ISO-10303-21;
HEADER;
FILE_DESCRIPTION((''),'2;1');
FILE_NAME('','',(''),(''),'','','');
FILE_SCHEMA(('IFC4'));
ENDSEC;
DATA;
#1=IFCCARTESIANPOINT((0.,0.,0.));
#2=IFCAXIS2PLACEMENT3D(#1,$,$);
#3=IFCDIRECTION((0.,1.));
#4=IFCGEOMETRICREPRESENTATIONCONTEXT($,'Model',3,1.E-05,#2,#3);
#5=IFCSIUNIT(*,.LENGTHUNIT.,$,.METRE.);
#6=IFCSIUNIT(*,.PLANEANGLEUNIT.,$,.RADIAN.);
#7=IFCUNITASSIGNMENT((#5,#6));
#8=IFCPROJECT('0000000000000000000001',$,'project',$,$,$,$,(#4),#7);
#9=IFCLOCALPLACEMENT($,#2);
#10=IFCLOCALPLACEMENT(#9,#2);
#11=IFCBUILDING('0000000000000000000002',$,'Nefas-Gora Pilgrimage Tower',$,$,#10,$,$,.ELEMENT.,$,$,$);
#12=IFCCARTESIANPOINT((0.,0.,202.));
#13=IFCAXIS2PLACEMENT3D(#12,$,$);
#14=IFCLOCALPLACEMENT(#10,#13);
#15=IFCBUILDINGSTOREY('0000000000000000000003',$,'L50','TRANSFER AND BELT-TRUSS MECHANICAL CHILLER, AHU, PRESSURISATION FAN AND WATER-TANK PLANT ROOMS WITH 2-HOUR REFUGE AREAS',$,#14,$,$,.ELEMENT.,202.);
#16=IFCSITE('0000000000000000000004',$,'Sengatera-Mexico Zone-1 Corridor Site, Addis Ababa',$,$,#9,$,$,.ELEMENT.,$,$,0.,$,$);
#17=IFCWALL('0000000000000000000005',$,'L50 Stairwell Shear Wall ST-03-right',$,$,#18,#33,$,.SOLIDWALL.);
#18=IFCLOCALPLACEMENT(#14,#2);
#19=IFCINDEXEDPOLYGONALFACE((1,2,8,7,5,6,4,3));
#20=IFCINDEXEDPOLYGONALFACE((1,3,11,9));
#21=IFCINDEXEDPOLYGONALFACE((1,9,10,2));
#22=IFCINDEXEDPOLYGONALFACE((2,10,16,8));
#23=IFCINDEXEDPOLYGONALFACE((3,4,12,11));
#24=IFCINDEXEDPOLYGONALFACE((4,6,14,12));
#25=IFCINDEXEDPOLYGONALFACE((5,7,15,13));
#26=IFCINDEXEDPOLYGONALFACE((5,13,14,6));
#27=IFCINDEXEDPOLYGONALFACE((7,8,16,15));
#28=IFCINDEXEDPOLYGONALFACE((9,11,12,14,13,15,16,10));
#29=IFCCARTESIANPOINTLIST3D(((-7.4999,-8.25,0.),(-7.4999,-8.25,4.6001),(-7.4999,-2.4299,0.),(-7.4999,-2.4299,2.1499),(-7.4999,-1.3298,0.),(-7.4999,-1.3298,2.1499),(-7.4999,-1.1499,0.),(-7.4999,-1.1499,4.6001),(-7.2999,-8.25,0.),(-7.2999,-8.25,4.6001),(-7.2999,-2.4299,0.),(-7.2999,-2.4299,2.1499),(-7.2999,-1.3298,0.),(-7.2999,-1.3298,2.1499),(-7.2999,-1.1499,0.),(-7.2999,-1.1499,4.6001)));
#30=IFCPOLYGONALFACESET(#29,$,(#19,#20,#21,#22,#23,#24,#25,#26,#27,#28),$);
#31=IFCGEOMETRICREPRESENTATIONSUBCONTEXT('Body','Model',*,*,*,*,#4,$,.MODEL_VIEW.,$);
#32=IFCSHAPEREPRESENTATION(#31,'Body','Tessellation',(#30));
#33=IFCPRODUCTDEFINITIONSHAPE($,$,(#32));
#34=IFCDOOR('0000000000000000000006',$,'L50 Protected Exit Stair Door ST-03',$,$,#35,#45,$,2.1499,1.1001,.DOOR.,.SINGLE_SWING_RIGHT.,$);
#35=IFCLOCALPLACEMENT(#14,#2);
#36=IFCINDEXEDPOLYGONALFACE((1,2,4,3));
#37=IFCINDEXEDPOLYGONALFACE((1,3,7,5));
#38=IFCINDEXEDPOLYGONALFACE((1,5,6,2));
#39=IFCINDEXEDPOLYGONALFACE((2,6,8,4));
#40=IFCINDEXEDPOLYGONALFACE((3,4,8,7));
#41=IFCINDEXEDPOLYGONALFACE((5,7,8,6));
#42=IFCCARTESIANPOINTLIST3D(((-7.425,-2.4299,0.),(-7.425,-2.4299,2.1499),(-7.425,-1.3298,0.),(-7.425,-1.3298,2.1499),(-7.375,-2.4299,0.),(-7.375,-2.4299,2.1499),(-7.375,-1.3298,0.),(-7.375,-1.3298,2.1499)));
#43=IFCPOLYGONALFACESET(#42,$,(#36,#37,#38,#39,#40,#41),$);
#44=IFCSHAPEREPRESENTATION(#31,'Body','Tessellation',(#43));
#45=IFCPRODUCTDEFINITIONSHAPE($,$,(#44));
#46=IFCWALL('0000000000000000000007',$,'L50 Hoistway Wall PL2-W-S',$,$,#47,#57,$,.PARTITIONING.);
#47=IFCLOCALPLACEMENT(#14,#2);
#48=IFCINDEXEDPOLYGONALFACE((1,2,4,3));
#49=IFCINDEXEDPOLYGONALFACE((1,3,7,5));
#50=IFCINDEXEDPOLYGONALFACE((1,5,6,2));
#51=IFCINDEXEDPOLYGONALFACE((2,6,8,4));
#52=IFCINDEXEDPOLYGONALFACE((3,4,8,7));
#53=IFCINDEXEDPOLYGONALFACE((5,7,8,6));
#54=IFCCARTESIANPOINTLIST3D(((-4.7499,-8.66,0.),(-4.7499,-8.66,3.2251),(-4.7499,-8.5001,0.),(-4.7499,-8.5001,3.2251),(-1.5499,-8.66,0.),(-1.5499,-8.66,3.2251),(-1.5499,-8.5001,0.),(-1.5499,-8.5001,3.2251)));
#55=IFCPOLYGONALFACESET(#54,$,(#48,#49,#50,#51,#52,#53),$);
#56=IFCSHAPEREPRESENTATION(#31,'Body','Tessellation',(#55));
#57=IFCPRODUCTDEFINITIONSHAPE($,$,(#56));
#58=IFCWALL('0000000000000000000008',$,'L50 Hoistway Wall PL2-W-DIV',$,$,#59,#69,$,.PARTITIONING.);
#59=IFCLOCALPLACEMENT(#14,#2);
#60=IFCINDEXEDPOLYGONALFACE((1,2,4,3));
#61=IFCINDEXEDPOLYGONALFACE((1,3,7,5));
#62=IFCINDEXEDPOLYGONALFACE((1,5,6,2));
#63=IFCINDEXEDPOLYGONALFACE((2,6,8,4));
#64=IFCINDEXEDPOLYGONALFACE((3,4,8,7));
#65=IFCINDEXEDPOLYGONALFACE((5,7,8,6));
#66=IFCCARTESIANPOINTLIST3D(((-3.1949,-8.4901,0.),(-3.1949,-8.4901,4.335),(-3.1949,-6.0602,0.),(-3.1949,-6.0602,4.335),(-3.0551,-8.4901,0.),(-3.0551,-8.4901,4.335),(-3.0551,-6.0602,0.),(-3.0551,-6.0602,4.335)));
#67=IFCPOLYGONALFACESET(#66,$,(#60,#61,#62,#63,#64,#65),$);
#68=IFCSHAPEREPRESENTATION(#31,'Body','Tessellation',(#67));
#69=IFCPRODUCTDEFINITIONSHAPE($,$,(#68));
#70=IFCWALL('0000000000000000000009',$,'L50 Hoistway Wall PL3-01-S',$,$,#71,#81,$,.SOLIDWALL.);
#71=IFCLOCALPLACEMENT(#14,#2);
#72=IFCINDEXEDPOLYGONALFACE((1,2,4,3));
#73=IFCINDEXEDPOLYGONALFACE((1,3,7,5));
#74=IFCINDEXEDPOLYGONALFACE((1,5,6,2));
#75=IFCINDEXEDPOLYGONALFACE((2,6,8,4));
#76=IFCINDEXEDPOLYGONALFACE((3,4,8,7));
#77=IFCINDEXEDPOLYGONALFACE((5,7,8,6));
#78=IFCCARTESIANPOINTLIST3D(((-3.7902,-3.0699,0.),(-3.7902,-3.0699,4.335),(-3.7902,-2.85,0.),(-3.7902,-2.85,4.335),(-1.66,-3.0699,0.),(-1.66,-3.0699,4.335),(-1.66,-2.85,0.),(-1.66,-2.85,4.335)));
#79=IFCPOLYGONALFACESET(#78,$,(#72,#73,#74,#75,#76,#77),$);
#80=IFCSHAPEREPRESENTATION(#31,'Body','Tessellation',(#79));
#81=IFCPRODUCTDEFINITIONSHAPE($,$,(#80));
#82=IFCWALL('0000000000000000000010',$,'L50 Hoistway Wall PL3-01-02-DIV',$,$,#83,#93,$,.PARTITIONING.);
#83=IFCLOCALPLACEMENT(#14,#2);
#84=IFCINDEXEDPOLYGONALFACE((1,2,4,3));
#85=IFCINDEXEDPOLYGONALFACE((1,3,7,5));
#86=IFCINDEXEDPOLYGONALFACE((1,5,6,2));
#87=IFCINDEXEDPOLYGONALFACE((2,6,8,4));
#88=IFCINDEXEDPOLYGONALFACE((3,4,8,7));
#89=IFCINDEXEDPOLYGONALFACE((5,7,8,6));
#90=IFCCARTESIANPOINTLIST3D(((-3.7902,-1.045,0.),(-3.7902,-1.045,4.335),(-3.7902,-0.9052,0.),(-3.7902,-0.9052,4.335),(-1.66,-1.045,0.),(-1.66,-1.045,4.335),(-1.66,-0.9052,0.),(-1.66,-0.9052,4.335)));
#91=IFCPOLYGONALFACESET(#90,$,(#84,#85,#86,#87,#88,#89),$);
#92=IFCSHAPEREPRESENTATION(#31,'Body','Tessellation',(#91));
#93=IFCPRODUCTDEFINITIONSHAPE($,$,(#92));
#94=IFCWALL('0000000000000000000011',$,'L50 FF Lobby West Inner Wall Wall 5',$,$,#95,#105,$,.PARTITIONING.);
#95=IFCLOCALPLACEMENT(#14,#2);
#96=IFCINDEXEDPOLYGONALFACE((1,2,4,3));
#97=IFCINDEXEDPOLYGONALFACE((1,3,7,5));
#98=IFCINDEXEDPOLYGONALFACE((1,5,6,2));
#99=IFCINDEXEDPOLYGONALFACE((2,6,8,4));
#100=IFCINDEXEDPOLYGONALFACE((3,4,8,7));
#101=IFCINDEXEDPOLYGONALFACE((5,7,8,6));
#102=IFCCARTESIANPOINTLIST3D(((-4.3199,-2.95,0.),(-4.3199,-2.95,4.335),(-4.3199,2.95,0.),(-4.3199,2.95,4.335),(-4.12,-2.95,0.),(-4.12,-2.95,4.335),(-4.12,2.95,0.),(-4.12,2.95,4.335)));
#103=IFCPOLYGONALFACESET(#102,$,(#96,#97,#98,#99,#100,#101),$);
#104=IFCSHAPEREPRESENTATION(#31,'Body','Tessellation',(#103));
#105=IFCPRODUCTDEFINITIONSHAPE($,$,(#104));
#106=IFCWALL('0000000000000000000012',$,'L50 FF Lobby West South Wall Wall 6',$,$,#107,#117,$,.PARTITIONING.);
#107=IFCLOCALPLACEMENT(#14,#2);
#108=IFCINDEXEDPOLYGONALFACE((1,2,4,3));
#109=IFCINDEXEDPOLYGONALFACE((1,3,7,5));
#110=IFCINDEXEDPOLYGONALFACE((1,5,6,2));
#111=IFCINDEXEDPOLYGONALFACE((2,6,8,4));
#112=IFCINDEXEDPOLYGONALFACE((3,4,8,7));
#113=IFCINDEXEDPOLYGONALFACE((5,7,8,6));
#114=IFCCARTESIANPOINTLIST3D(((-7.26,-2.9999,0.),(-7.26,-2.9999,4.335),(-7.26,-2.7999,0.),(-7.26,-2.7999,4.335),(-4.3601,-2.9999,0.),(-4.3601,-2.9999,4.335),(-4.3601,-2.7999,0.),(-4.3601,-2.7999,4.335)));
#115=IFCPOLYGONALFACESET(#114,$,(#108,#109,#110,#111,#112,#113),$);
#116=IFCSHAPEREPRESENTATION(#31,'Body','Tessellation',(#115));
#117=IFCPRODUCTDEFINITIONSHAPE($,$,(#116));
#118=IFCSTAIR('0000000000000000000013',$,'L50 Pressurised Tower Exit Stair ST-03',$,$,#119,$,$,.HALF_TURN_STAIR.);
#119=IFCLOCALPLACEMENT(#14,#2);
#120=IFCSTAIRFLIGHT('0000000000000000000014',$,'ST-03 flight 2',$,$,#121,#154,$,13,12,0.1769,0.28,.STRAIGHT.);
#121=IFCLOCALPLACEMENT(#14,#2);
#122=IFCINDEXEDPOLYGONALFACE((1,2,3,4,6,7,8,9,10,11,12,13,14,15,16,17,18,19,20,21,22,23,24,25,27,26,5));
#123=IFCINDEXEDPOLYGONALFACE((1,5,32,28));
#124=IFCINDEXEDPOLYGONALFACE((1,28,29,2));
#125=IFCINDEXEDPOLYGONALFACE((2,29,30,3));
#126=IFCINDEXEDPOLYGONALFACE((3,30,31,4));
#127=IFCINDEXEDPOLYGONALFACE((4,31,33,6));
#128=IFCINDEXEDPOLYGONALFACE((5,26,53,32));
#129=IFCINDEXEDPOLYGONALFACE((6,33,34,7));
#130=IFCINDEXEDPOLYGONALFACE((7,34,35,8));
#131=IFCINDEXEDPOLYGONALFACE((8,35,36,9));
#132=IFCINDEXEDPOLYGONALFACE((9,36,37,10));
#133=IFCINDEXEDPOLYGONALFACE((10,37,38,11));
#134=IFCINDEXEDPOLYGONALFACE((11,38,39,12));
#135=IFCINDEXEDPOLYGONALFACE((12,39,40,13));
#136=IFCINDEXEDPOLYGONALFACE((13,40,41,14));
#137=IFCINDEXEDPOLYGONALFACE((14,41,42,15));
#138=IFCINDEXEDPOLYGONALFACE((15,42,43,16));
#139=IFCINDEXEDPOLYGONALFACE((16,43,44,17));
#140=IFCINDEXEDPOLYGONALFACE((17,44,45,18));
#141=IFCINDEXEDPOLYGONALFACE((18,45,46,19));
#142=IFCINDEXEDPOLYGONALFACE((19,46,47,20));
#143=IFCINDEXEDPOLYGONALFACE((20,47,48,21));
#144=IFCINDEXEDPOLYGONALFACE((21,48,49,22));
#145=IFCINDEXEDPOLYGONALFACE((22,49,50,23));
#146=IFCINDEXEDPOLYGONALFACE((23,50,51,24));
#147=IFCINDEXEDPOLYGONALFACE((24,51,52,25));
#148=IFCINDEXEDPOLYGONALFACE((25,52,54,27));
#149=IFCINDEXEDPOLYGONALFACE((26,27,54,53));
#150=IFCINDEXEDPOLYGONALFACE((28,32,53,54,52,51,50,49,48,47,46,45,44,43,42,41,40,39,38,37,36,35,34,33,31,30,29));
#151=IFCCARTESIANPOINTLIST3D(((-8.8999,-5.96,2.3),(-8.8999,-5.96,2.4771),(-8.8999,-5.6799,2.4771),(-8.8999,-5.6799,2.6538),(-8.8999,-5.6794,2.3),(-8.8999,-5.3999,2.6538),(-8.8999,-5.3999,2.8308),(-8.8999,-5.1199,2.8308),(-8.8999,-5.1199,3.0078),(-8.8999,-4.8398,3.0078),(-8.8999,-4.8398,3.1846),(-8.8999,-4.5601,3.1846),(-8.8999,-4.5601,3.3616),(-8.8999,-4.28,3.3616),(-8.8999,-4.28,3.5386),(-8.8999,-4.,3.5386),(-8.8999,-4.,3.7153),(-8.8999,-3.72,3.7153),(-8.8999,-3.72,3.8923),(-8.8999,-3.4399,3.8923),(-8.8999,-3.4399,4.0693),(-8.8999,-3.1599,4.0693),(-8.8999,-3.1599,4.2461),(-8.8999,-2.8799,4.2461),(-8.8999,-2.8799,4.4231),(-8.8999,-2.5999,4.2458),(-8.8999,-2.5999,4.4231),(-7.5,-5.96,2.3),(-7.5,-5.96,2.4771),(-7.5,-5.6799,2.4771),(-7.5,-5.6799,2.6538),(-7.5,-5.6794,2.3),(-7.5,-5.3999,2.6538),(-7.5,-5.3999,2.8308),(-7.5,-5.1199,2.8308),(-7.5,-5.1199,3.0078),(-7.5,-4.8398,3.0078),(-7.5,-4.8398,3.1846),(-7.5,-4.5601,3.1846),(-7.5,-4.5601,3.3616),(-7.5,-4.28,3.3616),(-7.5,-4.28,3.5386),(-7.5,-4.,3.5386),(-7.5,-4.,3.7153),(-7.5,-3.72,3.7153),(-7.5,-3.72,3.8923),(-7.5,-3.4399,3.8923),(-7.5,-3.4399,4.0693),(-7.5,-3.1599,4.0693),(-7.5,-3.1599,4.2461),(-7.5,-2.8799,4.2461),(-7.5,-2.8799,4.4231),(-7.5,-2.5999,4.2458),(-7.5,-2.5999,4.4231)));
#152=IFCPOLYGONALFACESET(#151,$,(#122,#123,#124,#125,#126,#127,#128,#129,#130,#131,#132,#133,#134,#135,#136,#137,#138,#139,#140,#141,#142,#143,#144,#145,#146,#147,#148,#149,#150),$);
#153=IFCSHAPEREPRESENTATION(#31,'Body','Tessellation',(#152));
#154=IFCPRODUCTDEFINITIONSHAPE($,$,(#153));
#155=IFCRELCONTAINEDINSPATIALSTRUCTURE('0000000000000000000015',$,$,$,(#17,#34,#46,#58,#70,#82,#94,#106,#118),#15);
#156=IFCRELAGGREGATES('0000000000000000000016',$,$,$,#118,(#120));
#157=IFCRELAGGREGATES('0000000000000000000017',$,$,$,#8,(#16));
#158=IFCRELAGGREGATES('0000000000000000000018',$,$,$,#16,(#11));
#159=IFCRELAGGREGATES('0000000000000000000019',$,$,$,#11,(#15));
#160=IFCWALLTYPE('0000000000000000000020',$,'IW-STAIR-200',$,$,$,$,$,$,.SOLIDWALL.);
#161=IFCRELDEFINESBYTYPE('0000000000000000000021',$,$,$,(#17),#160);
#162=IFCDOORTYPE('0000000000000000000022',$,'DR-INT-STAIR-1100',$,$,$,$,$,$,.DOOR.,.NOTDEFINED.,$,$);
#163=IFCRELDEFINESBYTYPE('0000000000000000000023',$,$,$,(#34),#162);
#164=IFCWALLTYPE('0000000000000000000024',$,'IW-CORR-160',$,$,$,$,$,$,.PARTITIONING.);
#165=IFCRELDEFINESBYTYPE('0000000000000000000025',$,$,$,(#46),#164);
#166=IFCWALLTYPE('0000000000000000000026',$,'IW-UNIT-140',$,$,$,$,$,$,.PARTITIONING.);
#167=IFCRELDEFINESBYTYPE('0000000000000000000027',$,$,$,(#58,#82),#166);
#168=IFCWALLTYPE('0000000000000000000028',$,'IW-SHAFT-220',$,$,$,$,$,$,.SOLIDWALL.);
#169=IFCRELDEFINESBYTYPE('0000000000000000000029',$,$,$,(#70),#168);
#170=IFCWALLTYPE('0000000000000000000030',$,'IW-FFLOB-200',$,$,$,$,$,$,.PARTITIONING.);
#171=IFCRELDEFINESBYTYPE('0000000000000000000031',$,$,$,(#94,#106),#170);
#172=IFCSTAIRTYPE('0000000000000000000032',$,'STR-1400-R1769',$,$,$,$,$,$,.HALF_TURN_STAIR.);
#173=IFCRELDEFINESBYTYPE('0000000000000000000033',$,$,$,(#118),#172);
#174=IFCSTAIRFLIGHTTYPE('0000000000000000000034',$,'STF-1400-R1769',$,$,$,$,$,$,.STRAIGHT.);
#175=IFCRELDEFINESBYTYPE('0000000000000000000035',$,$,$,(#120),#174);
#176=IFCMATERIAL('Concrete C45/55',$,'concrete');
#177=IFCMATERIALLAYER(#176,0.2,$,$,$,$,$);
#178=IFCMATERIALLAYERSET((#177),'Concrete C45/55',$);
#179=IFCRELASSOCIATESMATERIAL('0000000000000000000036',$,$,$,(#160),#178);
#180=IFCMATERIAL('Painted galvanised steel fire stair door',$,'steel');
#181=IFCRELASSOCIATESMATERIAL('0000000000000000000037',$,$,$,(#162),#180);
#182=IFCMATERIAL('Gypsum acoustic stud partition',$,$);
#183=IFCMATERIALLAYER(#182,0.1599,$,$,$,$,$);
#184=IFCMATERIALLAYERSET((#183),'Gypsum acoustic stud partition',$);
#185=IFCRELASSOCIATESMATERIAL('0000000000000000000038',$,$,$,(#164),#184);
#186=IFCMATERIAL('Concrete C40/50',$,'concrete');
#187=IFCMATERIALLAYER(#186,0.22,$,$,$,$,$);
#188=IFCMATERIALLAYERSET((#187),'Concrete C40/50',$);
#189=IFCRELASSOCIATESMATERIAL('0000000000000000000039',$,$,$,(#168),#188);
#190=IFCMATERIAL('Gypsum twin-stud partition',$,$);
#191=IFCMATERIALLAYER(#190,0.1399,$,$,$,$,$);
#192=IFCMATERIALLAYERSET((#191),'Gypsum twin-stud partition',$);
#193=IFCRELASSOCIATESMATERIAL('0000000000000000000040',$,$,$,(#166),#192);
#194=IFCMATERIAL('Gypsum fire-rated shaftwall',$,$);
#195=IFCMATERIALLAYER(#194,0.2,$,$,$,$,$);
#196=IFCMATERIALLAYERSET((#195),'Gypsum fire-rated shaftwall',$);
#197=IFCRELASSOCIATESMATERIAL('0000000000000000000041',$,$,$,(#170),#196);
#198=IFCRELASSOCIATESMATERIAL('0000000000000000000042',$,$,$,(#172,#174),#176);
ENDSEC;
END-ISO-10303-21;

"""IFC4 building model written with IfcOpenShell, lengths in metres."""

from ifc_helpers import new_model, si_unit, direction, frame, frame_2d, origin, place, context, subcontext, project, spatial, polyline, rectangle, outline, extrude, source, transform, mapped, material, layer, layer_set, type_object, element, fill, aggregate, save


model = new_model("IFC4")

# Units and contexts
model_context = context("Model", 3, precision=1e-05, world=origin(), true_north=direction((0.0, 1.0)))
body_context = subcontext(model_context, "Body", "Model", "MODEL_VIEW")
ifc_project = project(units=[si_unit("LENGTHUNIT", "METRE"), si_unit("PLANEANGLEUNIT", "RADIAN")], contexts=[model_context])

# Site, building, storey
site_placement = place(None, origin())
site = spatial("IfcSite", under=ifc_project, at=site_placement, Name="Sengatera-Mexico Zone-1 Corridor Site, Addis Ababa", CompositionType="ELEMENT", RefElevation=0.0)
building_placement = place(site_placement, origin())
building = spatial("IfcBuilding", under=site, at=building_placement, Name="Nefas-Gora Pilgrimage Tower", CompositionType="ELEMENT")
storey_placement = place(building_placement, frame((0.0, 0.0, 202.0)))
storey = spatial("IfcBuildingStorey", under=building, at=storey_placement, Name="L50", Description="TRANSFER AND BELT-TRUSS MECHANICAL CHILLER, AHU, PRESSURISATION FAN AND WATER-TANK PLANT ROOMS WITH 2-HOUR REFUGE AREAS", CompositionType="ELEMENT", Elevation=202.0)

# Wall, opening, door
ifc_material_1 = material(Name="Concrete C45/55", Category="concrete")
ifc_layer_1 = layer(ifc_material_1, 0.2)
ifc_layer_set_1 = layer_set([ifc_layer_1], Name="Concrete C45/55")
wall_type_1 = type_object("IfcWallType", Name="IW-STAIR-200", PredefinedType="SOLIDWALL", material=ifc_layer_set_1)
shared_shape_1 = source(origin(), body_context, "Body", "SweptSolid", [
    extrude(rectangle(XDim=7.1001, YDim=0.2, at=frame_2d((3.55, 0.0))), origin(), (0.0, 0.0, 1.0), 4.6001),
])
wall_1_placement = place(storey_placement, frame((-7.3999, -1.1499, 0.0), z_axis=(0.0, 0.0, 1.0), x_axis=(0.0, -1.0, 0.0)))
wall_1 = element("IfcWall", 1, at=wall_1_placement, inside=storey, type_object=wall_type_1, Name="L50 Stairwell Shear Wall ST-03-right", PredefinedType="SOLIDWALL", context=body_context, shape_type="MappedRepresentation", body=[
    mapped(shared_shape_1, transform((0.0, 0.0, 0.0), x_axis=(1.0, 0.0, 0.0), y_axis=(0.0, 1.0, 0.0), z_axis=(0.0, 0.0, 1.0), scale=1.0)),
])
opening_1_placement = place(wall_1_placement, frame((0.1799, 0.0, 0.0)))
opening_1 = element("IfcOpeningElement", 2, at=opening_1_placement, cuts=wall_1, PredefinedType="OPENING", context=body_context, shape_type="SweptSolid", body=[
    extrude(rectangle(XDim=1.1001, YDim=2.1499, at=frame_2d((0.55, 1.075))), frame((0.0, 0.1099, 0.0), z_axis=(0.0, -1.0, 0.0), x_axis=(1.0, 0.0, 0.0)), (0.0, 0.0, 1.0), 0.22),
])
ifc_material_2 = material(Name="Painted galvanised steel fire stair door", Category="steel")
door_type_1 = type_object("IfcDoorType", Name="DR-INT-STAIR-1100", OperationType="NOTDEFINED", PredefinedType="DOOR", material=ifc_material_2)
shared_shape_2 = source(origin(), body_context, "Body", "SweptSolid", [
    extrude(rectangle(XDim=1.1001, YDim=2.1499, at=frame_2d((0.55, 1.075))), frame((0.0, 0.0249, 0.0), z_axis=(0.0, -1.0, 0.0), x_axis=(1.0, 0.0, 0.0)), (0.0, 0.0, 1.0), 0.05),
])
door_1_placement = place(opening_1_placement, origin())
door_1 = element("IfcDoor", 3, at=door_1_placement, inside=storey, type_object=door_type_1, Name="L50 Protected Exit Stair Door ST-03", OperationType="SINGLE_SWING_RIGHT", OverallHeight=2.1499, OverallWidth=1.1001, PredefinedType="DOOR", context=body_context, shape_type="MappedRepresentation", body=[
    mapped(shared_shape_2, transform((0.0, 0.0, 0.0), x_axis=(1.0, 0.0, 0.0), y_axis=(0.0, 1.0, 0.0), z_axis=(0.0, 0.0, 1.0), scale=1.0)),
])
fill(opening_1, door_1)

# Walls
ifc_material_3 = material(Name="Gypsum acoustic stud partition")
ifc_layer_2 = layer(ifc_material_3, 0.1599)
ifc_layer_set_2 = layer_set([ifc_layer_2], Name="Gypsum acoustic stud partition")
wall_type_2 = type_object("IfcWallType", Name="IW-CORR-160", PredefinedType="PARTITIONING", material=ifc_layer_set_2)
shared_shape_3 = source(origin(), body_context, "Body", "SweptSolid", [
    extrude(rectangle(XDim=3.2, YDim=0.1599, at=frame_2d((1.6001, 0.0))), origin(), (0.0, 0.0, 1.0), 3.2251),
])
wall_2_placement = place(storey_placement, frame((-4.75, -8.5801, 0.0), z_axis=(0.0, 0.0, 1.0), x_axis=(1.0, 0.0, 0.0)))
element("IfcWall", 4, at=wall_2_placement, inside=storey, type_object=wall_type_2, Name="L50 Hoistway Wall PL2-W-S", PredefinedType="PARTITIONING", context=body_context, shape_type="MappedRepresentation", body=[
    mapped(shared_shape_3, transform((0.0, 0.0, 0.0), x_axis=(1.0, 0.0, 0.0), y_axis=(0.0, 1.0, 0.0), z_axis=(0.0, 0.0, 1.0), scale=1.0)),
])
ifc_material_4 = material(Name="Concrete C40/50", Category="concrete")
ifc_layer_3 = layer(ifc_material_4, 0.22)
ifc_layer_set_3 = layer_set([ifc_layer_3], Name="Concrete C40/50")
wall_type_3 = type_object("IfcWallType", Name="IW-SHAFT-220", PredefinedType="SOLIDWALL", material=ifc_layer_set_3)
ifc_material_5 = material(Name="Gypsum twin-stud partition")
ifc_layer_4 = layer(ifc_material_5, 0.1399)
ifc_layer_set_4 = layer_set([ifc_layer_4], Name="Gypsum twin-stud partition")
wall_type_4 = type_object("IfcWallType", Name="IW-UNIT-140", PredefinedType="PARTITIONING", material=ifc_layer_set_4)
shared_shape_4 = source(origin(), body_context, "Body", "SweptSolid", [
    extrude(rectangle(XDim=2.4299, YDim=0.1399, at=frame_2d((1.2148, 0.0))), origin(), (0.0, 0.0, 1.0), 4.335),
])
wall_3_placement = place(storey_placement, frame((-3.125, -8.49, 0.0), z_axis=(0.0, 0.0, 1.0), x_axis=(0.0, 1.0, 0.0)))
element("IfcWall", 5, at=wall_3_placement, inside=storey, type_object=wall_type_4, Name="L50 Hoistway Wall PL2-W-DIV", PredefinedType="PARTITIONING", context=body_context, shape_type="MappedRepresentation", body=[
    mapped(shared_shape_4, transform((0.0, 0.0, 0.0), x_axis=(1.0, 0.0, 0.0), y_axis=(0.0, 1.0, 0.0), z_axis=(0.0, 0.0, 1.0), scale=1.0)),
])
shared_shape_5 = source(origin(), body_context, "Body", "SweptSolid", [
    extrude(rectangle(XDim=2.1301, YDim=0.22, at=frame_2d((1.0649, 0.0))), origin(), (0.0, 0.0, 1.0), 4.335),
])
wall_4_placement = place(storey_placement, frame((-3.79, -2.96, 0.0), z_axis=(0.0, 0.0, 1.0), x_axis=(1.0, 0.0, 0.0)))
element("IfcWall", 6, at=wall_4_placement, inside=storey, type_object=wall_type_3, Name="L50 Hoistway Wall PL3-01-S", PredefinedType="SOLIDWALL", context=body_context, shape_type="MappedRepresentation", body=[
    mapped(shared_shape_5, transform((0.0, 0.0, 0.0), x_axis=(1.0, 0.0, 0.0), y_axis=(0.0, 1.0, 0.0), z_axis=(0.0, 0.0, 1.0), scale=1.0)),
])
shared_shape_6 = source(origin(), body_context, "Body", "SweptSolid", [
    extrude(rectangle(XDim=2.1301, YDim=0.1399, at=frame_2d((1.0649, 0.0))), origin(), (0.0, 0.0, 1.0), 4.335),
])
wall_5_placement = place(storey_placement, frame((-3.79, -0.9751, 0.0), z_axis=(0.0, 0.0, 1.0), x_axis=(1.0, 0.0, 0.0)))
element("IfcWall", 7, at=wall_5_placement, inside=storey, type_object=wall_type_4, Name="L50 Hoistway Wall PL3-01-02-DIV", PredefinedType="PARTITIONING", context=body_context, shape_type="MappedRepresentation", body=[
    mapped(shared_shape_6, transform((0.0, 0.0, 0.0), x_axis=(1.0, 0.0, 0.0), y_axis=(0.0, 1.0, 0.0), z_axis=(0.0, 0.0, 1.0), scale=1.0)),
])
ifc_material_6 = material(Name="Gypsum fire-rated shaftwall")
ifc_layer_5 = layer(ifc_material_6, 0.2)
ifc_layer_set_5 = layer_set([ifc_layer_5], Name="Gypsum fire-rated shaftwall")
wall_type_5 = type_object("IfcWallType", Name="IW-FFLOB-200", PredefinedType="PARTITIONING", material=ifc_layer_set_5)
shared_shape_7 = source(origin(), body_context, "Body", "SweptSolid", [
    extrude(rectangle(XDim=5.8999, YDim=0.2, at=frame_2d((2.95, 0.0))), origin(), (0.0, 0.0, 1.0), 4.335),
])
wall_6_placement = place(storey_placement, frame((-4.22, -2.95, 0.0), z_axis=(0.0, 0.0, 1.0), x_axis=(0.0, 1.0, 0.0)))
element("IfcWall", 8, at=wall_6_placement, inside=storey, type_object=wall_type_5, Name="L50 FF Lobby West Inner Wall Wall 5", PredefinedType="PARTITIONING", context=body_context, shape_type="MappedRepresentation", body=[
    mapped(shared_shape_7, transform((0.0, 0.0, 0.0), x_axis=(1.0, 0.0, 0.0), y_axis=(0.0, 1.0, 0.0), z_axis=(0.0, 0.0, 1.0), scale=1.0)),
])
shared_shape_8 = source(origin(), body_context, "Body", "SweptSolid", [
    extrude(rectangle(XDim=2.8999, YDim=0.2, at=frame_2d((1.45, 0.0))), origin(), (0.0, 0.0, 1.0), 4.335),
])
wall_7_placement = place(storey_placement, frame((-7.26, -2.8999, 0.0), z_axis=(0.0, 0.0, 1.0), x_axis=(1.0, 0.0, 0.0)))
element("IfcWall", 9, at=wall_7_placement, inside=storey, type_object=wall_type_5, Name="L50 FF Lobby West South Wall Wall 6", PredefinedType="PARTITIONING", context=body_context, shape_type="MappedRepresentation", body=[
    mapped(shared_shape_8, transform((0.0, 0.0, 0.0), x_axis=(1.0, 0.0, 0.0), y_axis=(0.0, 1.0, 0.0), z_axis=(0.0, 0.0, 1.0), scale=1.0)),
])

# Stair, stair flight
stair_type = type_object("IfcStairType", Name="STR-1400-R1769", PredefinedType="HALF_TURN_STAIR", material=ifc_material_1)
stair_placement = place(storey_placement, origin())
stair = element("IfcStair", 10, at=stair_placement, inside=storey, type_object=stair_type, Name="L50 Pressurised Tower Exit Stair ST-03", PredefinedType="HALF_TURN_STAIR")
stair_flight_type = type_object("IfcStairFlightType", Name="STF-1400-R1769", PredefinedType="STRAIGHT", material=ifc_material_1)
shared_shape_9 = source(origin(), body_context, "Body", "SweptSolid", [
    extrude(outline(polyline([(0.0, 0.0), (0.0, 0.177), (0.28, 0.177), (0.28, 0.3538), (0.5601, 0.3538), (0.5601, 0.5308), (0.8401, 0.5308), (0.8401, 0.7078), (1.1201, 0.7078), (1.1201, 0.8845), (1.3999, 0.8845), (1.3999, 1.0615), (1.6799, 1.0615), (1.6799, 1.2385), (1.96, 1.2385), (1.96, 1.4153), (2.24, 1.4153), (2.24, 1.5923), (2.52, 1.5923), (2.52, 1.7693), (2.8, 1.7693), (2.8, 1.946), (3.0801, 1.946), (3.0801, 2.123), (3.3601, 2.123), (3.3601, 2.3), (3.3601, 1.9458), (0.2805, 0.0), (0.0, 0.0)])), frame((0.0, 0.7, 0.0), z_axis=(0.0, -1.0, 0.0), x_axis=(1.0, 0.0, 0.0)), (0.0, 0.0, 1.0), 1.3999),
])
stair_flight_placement = place(storey_placement, frame((-8.2, -5.96, 2.3), z_axis=(0.0, 0.0, 1.0), x_axis=(0.0, 1.0, 0.0)))
stair_flight = element("IfcStairFlight", 11, at=stair_flight_placement, type_object=stair_flight_type, Name="ST-03 flight 2", NumberOfRisers=13, NumberOfTreads=12, PredefinedType="STRAIGHT", RiserHeight=0.1769, TreadLength=0.28, context=body_context, shape_type="MappedRepresentation", body=[
    mapped(shared_shape_9, transform((0.0, 0.0, 0.0), x_axis=(1.0, 0.0, 0.0), y_axis=(0.0, 1.0, 0.0), z_axis=(0.0, 0.0, 1.0), scale=1.0)),
])
aggregate(stair, [stair_flight])

save(model, "model.ifc")
